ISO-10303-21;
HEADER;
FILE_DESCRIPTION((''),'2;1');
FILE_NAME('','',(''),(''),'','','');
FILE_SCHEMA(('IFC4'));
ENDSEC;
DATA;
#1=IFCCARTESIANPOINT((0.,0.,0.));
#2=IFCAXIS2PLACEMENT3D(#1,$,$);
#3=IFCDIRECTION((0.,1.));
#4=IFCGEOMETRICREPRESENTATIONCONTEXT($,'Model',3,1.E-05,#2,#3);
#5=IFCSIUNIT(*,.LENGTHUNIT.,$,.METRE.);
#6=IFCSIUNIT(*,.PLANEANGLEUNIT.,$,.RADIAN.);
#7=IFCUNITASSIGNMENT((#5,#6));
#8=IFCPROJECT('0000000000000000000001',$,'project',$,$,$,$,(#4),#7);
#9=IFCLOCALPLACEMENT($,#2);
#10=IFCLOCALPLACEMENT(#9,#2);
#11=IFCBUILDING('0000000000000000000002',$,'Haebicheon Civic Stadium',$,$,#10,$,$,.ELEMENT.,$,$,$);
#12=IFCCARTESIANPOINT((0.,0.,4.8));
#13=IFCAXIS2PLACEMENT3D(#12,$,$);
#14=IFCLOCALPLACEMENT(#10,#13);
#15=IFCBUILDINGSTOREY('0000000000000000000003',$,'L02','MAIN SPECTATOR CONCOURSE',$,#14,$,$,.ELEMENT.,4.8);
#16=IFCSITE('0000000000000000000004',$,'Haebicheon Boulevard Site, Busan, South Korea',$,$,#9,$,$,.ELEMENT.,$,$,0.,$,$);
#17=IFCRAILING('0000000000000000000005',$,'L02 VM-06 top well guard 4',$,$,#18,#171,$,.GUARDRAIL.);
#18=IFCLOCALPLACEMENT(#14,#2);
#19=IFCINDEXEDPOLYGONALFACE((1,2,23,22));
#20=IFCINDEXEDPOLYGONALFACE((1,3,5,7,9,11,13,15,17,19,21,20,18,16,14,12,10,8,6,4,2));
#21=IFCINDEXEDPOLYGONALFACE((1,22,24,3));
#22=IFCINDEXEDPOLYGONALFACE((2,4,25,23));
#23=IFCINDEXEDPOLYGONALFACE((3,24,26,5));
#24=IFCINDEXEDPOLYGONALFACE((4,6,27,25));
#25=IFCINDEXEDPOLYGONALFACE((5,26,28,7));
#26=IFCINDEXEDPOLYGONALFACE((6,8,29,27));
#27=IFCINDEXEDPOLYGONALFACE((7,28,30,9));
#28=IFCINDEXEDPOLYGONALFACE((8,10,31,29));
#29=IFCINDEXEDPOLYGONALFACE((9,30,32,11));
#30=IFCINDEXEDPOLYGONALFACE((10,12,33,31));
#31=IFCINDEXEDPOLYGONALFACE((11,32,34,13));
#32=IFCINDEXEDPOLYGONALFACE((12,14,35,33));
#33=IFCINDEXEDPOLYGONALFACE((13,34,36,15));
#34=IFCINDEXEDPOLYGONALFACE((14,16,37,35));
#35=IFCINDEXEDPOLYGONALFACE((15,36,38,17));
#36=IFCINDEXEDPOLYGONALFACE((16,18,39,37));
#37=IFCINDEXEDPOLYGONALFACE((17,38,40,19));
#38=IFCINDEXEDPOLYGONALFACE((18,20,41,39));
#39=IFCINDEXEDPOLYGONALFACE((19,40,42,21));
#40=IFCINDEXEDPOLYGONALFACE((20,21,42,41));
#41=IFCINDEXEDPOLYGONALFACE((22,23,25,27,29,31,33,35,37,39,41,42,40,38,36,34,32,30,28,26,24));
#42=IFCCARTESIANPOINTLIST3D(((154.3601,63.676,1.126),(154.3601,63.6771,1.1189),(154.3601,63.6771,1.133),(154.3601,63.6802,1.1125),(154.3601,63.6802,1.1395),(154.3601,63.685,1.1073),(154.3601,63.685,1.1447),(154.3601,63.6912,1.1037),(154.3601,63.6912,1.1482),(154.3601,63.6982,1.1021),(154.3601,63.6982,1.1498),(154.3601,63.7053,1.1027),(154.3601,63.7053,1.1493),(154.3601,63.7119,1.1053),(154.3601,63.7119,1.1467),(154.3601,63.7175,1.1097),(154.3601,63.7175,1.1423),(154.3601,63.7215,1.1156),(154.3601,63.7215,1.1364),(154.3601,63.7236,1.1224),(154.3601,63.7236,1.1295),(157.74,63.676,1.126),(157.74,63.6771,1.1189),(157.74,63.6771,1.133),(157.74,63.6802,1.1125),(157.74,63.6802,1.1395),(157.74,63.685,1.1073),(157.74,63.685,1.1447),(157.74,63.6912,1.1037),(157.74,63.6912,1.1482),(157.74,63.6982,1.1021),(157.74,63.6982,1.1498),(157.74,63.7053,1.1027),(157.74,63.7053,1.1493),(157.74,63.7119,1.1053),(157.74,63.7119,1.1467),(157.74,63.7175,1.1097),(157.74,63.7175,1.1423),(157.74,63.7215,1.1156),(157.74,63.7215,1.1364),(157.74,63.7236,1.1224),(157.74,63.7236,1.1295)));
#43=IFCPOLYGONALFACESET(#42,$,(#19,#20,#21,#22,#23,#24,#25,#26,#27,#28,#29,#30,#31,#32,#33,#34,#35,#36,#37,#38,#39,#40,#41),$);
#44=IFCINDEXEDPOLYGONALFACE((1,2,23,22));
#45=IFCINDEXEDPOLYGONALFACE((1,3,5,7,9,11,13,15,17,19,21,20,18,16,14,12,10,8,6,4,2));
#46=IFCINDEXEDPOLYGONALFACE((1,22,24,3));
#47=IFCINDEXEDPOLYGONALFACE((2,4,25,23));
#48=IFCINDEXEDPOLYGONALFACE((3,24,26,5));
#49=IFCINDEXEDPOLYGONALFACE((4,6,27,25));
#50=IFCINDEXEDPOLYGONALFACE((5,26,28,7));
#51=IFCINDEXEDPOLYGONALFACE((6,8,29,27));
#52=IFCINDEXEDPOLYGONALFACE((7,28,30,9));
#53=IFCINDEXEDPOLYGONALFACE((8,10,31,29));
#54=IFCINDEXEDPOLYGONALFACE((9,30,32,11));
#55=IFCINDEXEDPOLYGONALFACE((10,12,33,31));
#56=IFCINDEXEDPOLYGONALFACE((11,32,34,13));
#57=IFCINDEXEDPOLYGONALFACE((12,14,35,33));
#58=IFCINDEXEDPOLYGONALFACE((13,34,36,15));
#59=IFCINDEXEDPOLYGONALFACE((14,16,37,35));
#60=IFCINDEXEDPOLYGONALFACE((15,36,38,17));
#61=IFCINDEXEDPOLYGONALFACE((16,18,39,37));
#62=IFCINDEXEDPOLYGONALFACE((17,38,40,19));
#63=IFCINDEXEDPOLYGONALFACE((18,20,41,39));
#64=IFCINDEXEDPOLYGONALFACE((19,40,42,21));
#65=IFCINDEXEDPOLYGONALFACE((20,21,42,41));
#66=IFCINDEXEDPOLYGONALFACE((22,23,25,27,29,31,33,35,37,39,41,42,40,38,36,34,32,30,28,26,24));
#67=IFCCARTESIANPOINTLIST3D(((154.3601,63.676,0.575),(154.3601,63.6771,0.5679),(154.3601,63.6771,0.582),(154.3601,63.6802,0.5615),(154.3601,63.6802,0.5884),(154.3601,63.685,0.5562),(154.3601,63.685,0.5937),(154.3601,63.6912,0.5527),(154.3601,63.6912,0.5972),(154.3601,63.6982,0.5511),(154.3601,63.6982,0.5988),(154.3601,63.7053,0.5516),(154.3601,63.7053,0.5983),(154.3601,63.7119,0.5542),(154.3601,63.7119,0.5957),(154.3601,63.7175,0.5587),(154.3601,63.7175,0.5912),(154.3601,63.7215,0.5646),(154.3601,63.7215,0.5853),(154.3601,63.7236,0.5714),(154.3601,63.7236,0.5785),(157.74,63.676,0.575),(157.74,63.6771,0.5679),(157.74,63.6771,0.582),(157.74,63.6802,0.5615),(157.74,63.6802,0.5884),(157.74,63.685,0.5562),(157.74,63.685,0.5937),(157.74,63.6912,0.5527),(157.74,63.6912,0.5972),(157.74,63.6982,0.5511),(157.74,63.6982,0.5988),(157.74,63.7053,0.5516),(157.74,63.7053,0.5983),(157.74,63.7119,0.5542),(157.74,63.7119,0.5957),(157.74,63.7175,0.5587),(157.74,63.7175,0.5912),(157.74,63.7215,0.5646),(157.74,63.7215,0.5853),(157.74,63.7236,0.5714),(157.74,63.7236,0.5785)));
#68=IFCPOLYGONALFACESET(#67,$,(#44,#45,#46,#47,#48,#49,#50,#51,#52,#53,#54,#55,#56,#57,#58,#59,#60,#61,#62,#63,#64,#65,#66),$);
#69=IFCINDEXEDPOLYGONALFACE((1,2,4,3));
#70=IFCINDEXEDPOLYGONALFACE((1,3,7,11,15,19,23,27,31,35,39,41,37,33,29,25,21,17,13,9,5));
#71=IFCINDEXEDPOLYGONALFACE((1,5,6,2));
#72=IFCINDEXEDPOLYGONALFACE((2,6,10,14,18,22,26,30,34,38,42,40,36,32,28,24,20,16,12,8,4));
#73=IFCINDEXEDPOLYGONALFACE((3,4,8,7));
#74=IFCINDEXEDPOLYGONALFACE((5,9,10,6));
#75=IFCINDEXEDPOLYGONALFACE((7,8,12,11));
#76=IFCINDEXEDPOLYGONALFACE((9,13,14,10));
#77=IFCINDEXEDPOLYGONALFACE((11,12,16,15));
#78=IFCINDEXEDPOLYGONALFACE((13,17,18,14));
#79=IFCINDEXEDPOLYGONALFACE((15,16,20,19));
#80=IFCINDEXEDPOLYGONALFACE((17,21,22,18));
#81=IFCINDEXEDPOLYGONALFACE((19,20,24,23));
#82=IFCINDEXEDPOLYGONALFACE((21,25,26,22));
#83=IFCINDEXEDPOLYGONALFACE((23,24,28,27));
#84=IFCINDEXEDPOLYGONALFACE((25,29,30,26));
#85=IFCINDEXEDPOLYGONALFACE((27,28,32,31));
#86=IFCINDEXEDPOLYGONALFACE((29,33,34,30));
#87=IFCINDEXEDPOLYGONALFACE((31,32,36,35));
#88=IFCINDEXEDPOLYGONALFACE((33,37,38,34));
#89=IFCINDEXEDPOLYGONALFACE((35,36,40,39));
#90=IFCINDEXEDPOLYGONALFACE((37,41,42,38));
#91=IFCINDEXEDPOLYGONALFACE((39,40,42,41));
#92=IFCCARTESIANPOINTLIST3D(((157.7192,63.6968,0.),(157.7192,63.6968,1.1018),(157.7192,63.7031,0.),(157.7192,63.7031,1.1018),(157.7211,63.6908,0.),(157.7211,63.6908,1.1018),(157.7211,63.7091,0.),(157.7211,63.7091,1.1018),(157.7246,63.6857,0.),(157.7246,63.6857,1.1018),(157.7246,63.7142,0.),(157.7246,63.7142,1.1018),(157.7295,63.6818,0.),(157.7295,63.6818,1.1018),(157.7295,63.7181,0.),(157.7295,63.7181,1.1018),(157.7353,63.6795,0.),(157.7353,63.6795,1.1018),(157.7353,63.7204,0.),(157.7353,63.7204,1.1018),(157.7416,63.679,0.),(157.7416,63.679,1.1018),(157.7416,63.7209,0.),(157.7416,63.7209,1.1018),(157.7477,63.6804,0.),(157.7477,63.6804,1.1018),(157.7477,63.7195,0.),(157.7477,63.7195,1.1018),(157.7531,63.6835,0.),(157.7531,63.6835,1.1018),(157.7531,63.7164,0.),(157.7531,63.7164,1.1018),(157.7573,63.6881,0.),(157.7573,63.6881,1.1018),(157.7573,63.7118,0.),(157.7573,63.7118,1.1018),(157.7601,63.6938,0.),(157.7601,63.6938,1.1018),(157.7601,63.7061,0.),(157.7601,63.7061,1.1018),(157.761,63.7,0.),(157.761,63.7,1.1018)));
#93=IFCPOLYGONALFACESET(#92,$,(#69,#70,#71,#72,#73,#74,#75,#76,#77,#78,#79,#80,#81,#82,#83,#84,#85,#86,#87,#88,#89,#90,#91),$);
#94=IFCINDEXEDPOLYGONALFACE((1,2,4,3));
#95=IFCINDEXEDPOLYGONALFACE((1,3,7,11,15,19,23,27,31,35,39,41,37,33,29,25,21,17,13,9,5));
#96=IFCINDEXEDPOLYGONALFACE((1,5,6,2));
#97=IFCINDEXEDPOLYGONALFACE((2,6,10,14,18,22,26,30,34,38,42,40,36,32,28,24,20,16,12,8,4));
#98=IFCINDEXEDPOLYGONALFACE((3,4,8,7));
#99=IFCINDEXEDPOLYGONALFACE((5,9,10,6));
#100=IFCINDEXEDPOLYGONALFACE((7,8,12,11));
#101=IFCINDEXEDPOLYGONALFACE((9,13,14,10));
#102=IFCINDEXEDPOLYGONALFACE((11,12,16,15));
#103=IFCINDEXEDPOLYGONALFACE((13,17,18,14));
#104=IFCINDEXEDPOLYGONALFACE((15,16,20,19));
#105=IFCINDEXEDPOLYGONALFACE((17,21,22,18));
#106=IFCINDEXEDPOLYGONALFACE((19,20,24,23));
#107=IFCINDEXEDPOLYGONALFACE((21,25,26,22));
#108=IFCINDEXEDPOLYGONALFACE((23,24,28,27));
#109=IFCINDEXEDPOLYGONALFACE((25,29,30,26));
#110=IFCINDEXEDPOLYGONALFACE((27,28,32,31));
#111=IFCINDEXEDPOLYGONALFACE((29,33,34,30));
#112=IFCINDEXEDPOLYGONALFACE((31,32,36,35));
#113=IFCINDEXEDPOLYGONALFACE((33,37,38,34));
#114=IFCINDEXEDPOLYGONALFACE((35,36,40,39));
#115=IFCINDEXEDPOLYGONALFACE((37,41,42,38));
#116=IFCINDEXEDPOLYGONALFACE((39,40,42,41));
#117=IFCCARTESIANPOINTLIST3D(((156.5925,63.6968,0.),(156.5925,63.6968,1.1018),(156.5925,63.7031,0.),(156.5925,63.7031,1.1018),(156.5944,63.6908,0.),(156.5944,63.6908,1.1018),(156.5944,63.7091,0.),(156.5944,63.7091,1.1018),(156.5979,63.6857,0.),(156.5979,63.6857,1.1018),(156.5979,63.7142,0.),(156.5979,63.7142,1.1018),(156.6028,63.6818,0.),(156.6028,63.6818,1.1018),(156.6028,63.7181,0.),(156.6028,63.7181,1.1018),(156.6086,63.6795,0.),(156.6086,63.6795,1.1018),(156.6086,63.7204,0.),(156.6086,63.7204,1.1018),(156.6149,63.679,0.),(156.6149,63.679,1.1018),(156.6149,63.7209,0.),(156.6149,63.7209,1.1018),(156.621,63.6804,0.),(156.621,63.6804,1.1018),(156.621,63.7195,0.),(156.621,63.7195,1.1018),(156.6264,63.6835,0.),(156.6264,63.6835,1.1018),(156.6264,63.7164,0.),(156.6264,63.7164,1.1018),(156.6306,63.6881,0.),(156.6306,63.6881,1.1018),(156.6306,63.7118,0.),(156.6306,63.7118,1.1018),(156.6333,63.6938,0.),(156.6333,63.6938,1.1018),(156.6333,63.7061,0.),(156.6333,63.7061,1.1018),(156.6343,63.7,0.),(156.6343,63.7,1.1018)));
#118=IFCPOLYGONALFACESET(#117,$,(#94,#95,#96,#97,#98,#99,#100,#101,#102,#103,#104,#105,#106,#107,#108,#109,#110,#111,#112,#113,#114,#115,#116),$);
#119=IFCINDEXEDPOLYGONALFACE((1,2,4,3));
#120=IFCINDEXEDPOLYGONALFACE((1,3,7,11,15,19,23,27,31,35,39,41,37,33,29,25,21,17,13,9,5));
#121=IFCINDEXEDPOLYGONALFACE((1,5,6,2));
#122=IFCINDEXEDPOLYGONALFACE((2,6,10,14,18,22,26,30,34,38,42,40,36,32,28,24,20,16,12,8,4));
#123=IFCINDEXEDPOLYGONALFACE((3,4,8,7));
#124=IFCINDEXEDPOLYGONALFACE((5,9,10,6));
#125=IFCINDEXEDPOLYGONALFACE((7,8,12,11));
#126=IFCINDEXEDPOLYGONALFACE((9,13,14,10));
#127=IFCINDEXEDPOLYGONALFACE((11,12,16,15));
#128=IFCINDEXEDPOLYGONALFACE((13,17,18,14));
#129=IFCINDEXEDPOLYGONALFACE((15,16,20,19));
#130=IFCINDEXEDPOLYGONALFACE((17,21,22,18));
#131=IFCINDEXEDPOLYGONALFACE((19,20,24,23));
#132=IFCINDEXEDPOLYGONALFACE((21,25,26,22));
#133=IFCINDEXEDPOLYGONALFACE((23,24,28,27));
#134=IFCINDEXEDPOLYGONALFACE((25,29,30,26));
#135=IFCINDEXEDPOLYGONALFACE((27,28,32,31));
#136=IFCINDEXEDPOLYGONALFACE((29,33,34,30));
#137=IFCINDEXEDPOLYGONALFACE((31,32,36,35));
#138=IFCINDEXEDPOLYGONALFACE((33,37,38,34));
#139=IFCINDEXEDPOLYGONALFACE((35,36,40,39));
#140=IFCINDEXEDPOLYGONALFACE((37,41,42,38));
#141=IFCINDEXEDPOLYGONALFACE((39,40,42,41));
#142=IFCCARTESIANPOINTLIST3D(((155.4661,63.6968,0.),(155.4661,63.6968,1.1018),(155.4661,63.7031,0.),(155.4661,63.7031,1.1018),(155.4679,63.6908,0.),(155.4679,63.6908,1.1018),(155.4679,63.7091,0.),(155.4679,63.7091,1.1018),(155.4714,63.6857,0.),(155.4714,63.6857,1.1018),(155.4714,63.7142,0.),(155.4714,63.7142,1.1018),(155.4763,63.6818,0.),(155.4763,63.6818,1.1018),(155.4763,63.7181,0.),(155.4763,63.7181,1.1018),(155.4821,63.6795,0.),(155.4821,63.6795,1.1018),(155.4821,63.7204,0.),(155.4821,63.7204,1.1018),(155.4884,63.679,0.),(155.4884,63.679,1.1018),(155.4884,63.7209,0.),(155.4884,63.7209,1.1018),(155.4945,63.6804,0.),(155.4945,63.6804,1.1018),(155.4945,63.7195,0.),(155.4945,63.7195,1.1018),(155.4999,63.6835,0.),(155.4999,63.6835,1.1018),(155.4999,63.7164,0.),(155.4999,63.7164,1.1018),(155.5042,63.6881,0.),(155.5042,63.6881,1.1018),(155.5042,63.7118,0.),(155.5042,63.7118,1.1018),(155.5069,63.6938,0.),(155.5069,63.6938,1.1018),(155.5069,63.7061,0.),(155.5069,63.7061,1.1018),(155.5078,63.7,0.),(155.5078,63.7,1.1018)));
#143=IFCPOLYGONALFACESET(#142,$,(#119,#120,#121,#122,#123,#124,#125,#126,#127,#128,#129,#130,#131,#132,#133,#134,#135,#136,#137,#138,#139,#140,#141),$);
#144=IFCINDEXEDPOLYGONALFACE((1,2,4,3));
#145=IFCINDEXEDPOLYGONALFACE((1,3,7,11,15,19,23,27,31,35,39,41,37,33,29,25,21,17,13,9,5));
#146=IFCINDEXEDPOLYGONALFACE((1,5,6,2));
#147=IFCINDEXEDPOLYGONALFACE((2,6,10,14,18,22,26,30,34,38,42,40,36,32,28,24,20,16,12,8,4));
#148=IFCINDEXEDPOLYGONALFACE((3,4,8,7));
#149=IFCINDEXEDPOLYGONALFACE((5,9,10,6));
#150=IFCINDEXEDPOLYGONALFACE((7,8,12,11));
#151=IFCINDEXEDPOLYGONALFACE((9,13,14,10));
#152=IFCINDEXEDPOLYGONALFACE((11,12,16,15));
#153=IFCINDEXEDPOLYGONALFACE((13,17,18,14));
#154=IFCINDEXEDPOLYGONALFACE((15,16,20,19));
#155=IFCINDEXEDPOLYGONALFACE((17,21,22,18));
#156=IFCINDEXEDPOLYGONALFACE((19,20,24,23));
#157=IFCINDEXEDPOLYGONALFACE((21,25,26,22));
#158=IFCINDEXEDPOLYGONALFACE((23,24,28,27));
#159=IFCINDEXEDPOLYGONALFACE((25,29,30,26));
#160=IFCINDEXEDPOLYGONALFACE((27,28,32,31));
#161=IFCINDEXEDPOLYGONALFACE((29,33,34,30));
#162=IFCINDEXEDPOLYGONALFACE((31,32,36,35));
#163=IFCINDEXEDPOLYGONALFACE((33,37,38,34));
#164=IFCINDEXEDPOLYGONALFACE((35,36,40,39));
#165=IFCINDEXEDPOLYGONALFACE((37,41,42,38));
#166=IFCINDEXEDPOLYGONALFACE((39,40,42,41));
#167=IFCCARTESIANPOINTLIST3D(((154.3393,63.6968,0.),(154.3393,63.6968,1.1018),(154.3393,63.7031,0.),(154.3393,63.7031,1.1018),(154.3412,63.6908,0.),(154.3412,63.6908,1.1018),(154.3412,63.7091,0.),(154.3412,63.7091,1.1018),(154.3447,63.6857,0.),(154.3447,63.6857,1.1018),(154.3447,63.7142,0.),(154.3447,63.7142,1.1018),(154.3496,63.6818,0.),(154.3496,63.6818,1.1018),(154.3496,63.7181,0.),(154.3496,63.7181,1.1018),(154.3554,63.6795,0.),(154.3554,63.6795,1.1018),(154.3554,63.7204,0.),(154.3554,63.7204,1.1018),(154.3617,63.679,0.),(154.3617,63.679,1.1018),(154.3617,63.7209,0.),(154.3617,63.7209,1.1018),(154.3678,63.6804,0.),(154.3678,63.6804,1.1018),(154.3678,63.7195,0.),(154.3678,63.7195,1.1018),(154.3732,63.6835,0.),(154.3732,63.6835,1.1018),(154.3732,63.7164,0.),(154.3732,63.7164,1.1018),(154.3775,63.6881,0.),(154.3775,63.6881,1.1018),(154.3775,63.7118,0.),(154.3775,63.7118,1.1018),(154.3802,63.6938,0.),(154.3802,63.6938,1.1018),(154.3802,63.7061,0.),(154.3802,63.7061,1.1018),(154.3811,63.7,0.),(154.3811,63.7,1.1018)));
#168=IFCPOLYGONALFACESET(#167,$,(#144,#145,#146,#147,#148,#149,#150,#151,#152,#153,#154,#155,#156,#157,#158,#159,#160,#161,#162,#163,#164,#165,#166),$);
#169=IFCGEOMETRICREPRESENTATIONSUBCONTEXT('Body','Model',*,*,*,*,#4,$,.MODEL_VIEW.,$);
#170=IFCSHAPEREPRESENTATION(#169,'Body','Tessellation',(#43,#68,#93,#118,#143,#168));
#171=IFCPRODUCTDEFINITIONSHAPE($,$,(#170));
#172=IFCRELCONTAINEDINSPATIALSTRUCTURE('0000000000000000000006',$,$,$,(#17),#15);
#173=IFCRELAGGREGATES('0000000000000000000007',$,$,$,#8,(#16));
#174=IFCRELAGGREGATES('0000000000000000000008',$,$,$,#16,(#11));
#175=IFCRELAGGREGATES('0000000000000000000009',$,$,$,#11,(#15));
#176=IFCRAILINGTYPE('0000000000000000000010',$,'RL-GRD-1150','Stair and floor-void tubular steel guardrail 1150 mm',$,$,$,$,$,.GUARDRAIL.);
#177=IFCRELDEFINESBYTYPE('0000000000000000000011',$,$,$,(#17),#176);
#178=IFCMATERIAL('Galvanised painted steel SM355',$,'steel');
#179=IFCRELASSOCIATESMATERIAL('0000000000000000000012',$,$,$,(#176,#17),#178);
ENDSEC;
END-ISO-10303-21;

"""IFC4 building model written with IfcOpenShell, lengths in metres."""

from ifc_helpers import new_model, si_unit, direction, frame, origin, origin_2d, place, context, subcontext, project, spatial, circle, extrude, material, type_object, element, save


model = new_model("IFC4")

# Units and contexts
model_context = context("Model", 3, precision=1e-05, world=origin(), true_north=direction((0.0, 1.0)))
body_context = subcontext(model_context, "Body", "Model", "MODEL_VIEW")
ifc_project = project(units=[si_unit("LENGTHUNIT", "METRE"), si_unit("PLANEANGLEUNIT", "RADIAN")], contexts=[model_context])

# Site, building, storey
site_placement = place(None, origin())
site = spatial("IfcSite", under=ifc_project, at=site_placement, Name="Haebicheon Boulevard Site, Busan, South Korea", CompositionType="ELEMENT", RefElevation=0.0)
building_placement = place(site_placement, origin())
building = spatial("IfcBuilding", under=site, at=building_placement, Name="Haebicheon Civic Stadium", CompositionType="ELEMENT")
storey_placement = place(building_placement, frame((0.0, 0.0, 4.8)))
storey = spatial("IfcBuildingStorey", under=building, at=storey_placement, Name="L02", Description="MAIN SPECTATOR CONCOURSE", CompositionType="ELEMENT", Elevation=4.8)

# Railing
ifc_material_1 = material(Name="Galvanised painted steel SM355", Category="steel")
railing_type = type_object("IfcRailingType", Name="RL-GRD-1150", Description="Stair and floor-void tubular steel guardrail 1150 mm", PredefinedType="GUARDRAIL", material=ifc_material_1)
railing_1_placement = place(storey_placement, frame((157.74, 63.7, 0.0)))
element("IfcRailing", 1, at=railing_1_placement, inside=storey, type_object=railing_type, material=ifc_material_1, Name="L02 VM-06 top well guard 4", PredefinedType="GUARDRAIL", context=body_context, shape_type="SweptSolid", body=[
    extrude(circle(Radius=0.0239, at=origin_2d()), frame((0.0, 0.0, 1.126), z_axis=(-1.0, 0.0, 0.0), x_axis=(0.0, -1.0, 0.0)), (0.0, 0.0, 1.0), 3.3799),
    extrude(circle(Radius=0.0239, at=origin_2d()), frame((0.0, 0.0, 0.575), z_axis=(-1.0, 0.0, 0.0), x_axis=(0.0, -1.0, 0.0)), (0.0, 0.0, 1.0), 3.3799),
    extrude(circle(Radius=0.021, at=origin_2d()), origin(), (0.0, 0.0, 1.0), 1.1018),
    extrude(circle(Radius=0.021, at=origin_2d()), frame((-1.1267, 0.0, 0.0)), (0.0, 0.0, 1.0), 1.1018),
    extrude(circle(Radius=0.021, at=origin_2d()), frame((-2.2532, 0.0, 0.0)), (0.0, 0.0, 1.0), 1.1018),
    extrude(circle(Radius=0.021, at=origin_2d()), frame((-3.3799, 0.0, 0.0)), (0.0, 0.0, 1.0), 1.1018),
])

save(model, "model.ifc")
